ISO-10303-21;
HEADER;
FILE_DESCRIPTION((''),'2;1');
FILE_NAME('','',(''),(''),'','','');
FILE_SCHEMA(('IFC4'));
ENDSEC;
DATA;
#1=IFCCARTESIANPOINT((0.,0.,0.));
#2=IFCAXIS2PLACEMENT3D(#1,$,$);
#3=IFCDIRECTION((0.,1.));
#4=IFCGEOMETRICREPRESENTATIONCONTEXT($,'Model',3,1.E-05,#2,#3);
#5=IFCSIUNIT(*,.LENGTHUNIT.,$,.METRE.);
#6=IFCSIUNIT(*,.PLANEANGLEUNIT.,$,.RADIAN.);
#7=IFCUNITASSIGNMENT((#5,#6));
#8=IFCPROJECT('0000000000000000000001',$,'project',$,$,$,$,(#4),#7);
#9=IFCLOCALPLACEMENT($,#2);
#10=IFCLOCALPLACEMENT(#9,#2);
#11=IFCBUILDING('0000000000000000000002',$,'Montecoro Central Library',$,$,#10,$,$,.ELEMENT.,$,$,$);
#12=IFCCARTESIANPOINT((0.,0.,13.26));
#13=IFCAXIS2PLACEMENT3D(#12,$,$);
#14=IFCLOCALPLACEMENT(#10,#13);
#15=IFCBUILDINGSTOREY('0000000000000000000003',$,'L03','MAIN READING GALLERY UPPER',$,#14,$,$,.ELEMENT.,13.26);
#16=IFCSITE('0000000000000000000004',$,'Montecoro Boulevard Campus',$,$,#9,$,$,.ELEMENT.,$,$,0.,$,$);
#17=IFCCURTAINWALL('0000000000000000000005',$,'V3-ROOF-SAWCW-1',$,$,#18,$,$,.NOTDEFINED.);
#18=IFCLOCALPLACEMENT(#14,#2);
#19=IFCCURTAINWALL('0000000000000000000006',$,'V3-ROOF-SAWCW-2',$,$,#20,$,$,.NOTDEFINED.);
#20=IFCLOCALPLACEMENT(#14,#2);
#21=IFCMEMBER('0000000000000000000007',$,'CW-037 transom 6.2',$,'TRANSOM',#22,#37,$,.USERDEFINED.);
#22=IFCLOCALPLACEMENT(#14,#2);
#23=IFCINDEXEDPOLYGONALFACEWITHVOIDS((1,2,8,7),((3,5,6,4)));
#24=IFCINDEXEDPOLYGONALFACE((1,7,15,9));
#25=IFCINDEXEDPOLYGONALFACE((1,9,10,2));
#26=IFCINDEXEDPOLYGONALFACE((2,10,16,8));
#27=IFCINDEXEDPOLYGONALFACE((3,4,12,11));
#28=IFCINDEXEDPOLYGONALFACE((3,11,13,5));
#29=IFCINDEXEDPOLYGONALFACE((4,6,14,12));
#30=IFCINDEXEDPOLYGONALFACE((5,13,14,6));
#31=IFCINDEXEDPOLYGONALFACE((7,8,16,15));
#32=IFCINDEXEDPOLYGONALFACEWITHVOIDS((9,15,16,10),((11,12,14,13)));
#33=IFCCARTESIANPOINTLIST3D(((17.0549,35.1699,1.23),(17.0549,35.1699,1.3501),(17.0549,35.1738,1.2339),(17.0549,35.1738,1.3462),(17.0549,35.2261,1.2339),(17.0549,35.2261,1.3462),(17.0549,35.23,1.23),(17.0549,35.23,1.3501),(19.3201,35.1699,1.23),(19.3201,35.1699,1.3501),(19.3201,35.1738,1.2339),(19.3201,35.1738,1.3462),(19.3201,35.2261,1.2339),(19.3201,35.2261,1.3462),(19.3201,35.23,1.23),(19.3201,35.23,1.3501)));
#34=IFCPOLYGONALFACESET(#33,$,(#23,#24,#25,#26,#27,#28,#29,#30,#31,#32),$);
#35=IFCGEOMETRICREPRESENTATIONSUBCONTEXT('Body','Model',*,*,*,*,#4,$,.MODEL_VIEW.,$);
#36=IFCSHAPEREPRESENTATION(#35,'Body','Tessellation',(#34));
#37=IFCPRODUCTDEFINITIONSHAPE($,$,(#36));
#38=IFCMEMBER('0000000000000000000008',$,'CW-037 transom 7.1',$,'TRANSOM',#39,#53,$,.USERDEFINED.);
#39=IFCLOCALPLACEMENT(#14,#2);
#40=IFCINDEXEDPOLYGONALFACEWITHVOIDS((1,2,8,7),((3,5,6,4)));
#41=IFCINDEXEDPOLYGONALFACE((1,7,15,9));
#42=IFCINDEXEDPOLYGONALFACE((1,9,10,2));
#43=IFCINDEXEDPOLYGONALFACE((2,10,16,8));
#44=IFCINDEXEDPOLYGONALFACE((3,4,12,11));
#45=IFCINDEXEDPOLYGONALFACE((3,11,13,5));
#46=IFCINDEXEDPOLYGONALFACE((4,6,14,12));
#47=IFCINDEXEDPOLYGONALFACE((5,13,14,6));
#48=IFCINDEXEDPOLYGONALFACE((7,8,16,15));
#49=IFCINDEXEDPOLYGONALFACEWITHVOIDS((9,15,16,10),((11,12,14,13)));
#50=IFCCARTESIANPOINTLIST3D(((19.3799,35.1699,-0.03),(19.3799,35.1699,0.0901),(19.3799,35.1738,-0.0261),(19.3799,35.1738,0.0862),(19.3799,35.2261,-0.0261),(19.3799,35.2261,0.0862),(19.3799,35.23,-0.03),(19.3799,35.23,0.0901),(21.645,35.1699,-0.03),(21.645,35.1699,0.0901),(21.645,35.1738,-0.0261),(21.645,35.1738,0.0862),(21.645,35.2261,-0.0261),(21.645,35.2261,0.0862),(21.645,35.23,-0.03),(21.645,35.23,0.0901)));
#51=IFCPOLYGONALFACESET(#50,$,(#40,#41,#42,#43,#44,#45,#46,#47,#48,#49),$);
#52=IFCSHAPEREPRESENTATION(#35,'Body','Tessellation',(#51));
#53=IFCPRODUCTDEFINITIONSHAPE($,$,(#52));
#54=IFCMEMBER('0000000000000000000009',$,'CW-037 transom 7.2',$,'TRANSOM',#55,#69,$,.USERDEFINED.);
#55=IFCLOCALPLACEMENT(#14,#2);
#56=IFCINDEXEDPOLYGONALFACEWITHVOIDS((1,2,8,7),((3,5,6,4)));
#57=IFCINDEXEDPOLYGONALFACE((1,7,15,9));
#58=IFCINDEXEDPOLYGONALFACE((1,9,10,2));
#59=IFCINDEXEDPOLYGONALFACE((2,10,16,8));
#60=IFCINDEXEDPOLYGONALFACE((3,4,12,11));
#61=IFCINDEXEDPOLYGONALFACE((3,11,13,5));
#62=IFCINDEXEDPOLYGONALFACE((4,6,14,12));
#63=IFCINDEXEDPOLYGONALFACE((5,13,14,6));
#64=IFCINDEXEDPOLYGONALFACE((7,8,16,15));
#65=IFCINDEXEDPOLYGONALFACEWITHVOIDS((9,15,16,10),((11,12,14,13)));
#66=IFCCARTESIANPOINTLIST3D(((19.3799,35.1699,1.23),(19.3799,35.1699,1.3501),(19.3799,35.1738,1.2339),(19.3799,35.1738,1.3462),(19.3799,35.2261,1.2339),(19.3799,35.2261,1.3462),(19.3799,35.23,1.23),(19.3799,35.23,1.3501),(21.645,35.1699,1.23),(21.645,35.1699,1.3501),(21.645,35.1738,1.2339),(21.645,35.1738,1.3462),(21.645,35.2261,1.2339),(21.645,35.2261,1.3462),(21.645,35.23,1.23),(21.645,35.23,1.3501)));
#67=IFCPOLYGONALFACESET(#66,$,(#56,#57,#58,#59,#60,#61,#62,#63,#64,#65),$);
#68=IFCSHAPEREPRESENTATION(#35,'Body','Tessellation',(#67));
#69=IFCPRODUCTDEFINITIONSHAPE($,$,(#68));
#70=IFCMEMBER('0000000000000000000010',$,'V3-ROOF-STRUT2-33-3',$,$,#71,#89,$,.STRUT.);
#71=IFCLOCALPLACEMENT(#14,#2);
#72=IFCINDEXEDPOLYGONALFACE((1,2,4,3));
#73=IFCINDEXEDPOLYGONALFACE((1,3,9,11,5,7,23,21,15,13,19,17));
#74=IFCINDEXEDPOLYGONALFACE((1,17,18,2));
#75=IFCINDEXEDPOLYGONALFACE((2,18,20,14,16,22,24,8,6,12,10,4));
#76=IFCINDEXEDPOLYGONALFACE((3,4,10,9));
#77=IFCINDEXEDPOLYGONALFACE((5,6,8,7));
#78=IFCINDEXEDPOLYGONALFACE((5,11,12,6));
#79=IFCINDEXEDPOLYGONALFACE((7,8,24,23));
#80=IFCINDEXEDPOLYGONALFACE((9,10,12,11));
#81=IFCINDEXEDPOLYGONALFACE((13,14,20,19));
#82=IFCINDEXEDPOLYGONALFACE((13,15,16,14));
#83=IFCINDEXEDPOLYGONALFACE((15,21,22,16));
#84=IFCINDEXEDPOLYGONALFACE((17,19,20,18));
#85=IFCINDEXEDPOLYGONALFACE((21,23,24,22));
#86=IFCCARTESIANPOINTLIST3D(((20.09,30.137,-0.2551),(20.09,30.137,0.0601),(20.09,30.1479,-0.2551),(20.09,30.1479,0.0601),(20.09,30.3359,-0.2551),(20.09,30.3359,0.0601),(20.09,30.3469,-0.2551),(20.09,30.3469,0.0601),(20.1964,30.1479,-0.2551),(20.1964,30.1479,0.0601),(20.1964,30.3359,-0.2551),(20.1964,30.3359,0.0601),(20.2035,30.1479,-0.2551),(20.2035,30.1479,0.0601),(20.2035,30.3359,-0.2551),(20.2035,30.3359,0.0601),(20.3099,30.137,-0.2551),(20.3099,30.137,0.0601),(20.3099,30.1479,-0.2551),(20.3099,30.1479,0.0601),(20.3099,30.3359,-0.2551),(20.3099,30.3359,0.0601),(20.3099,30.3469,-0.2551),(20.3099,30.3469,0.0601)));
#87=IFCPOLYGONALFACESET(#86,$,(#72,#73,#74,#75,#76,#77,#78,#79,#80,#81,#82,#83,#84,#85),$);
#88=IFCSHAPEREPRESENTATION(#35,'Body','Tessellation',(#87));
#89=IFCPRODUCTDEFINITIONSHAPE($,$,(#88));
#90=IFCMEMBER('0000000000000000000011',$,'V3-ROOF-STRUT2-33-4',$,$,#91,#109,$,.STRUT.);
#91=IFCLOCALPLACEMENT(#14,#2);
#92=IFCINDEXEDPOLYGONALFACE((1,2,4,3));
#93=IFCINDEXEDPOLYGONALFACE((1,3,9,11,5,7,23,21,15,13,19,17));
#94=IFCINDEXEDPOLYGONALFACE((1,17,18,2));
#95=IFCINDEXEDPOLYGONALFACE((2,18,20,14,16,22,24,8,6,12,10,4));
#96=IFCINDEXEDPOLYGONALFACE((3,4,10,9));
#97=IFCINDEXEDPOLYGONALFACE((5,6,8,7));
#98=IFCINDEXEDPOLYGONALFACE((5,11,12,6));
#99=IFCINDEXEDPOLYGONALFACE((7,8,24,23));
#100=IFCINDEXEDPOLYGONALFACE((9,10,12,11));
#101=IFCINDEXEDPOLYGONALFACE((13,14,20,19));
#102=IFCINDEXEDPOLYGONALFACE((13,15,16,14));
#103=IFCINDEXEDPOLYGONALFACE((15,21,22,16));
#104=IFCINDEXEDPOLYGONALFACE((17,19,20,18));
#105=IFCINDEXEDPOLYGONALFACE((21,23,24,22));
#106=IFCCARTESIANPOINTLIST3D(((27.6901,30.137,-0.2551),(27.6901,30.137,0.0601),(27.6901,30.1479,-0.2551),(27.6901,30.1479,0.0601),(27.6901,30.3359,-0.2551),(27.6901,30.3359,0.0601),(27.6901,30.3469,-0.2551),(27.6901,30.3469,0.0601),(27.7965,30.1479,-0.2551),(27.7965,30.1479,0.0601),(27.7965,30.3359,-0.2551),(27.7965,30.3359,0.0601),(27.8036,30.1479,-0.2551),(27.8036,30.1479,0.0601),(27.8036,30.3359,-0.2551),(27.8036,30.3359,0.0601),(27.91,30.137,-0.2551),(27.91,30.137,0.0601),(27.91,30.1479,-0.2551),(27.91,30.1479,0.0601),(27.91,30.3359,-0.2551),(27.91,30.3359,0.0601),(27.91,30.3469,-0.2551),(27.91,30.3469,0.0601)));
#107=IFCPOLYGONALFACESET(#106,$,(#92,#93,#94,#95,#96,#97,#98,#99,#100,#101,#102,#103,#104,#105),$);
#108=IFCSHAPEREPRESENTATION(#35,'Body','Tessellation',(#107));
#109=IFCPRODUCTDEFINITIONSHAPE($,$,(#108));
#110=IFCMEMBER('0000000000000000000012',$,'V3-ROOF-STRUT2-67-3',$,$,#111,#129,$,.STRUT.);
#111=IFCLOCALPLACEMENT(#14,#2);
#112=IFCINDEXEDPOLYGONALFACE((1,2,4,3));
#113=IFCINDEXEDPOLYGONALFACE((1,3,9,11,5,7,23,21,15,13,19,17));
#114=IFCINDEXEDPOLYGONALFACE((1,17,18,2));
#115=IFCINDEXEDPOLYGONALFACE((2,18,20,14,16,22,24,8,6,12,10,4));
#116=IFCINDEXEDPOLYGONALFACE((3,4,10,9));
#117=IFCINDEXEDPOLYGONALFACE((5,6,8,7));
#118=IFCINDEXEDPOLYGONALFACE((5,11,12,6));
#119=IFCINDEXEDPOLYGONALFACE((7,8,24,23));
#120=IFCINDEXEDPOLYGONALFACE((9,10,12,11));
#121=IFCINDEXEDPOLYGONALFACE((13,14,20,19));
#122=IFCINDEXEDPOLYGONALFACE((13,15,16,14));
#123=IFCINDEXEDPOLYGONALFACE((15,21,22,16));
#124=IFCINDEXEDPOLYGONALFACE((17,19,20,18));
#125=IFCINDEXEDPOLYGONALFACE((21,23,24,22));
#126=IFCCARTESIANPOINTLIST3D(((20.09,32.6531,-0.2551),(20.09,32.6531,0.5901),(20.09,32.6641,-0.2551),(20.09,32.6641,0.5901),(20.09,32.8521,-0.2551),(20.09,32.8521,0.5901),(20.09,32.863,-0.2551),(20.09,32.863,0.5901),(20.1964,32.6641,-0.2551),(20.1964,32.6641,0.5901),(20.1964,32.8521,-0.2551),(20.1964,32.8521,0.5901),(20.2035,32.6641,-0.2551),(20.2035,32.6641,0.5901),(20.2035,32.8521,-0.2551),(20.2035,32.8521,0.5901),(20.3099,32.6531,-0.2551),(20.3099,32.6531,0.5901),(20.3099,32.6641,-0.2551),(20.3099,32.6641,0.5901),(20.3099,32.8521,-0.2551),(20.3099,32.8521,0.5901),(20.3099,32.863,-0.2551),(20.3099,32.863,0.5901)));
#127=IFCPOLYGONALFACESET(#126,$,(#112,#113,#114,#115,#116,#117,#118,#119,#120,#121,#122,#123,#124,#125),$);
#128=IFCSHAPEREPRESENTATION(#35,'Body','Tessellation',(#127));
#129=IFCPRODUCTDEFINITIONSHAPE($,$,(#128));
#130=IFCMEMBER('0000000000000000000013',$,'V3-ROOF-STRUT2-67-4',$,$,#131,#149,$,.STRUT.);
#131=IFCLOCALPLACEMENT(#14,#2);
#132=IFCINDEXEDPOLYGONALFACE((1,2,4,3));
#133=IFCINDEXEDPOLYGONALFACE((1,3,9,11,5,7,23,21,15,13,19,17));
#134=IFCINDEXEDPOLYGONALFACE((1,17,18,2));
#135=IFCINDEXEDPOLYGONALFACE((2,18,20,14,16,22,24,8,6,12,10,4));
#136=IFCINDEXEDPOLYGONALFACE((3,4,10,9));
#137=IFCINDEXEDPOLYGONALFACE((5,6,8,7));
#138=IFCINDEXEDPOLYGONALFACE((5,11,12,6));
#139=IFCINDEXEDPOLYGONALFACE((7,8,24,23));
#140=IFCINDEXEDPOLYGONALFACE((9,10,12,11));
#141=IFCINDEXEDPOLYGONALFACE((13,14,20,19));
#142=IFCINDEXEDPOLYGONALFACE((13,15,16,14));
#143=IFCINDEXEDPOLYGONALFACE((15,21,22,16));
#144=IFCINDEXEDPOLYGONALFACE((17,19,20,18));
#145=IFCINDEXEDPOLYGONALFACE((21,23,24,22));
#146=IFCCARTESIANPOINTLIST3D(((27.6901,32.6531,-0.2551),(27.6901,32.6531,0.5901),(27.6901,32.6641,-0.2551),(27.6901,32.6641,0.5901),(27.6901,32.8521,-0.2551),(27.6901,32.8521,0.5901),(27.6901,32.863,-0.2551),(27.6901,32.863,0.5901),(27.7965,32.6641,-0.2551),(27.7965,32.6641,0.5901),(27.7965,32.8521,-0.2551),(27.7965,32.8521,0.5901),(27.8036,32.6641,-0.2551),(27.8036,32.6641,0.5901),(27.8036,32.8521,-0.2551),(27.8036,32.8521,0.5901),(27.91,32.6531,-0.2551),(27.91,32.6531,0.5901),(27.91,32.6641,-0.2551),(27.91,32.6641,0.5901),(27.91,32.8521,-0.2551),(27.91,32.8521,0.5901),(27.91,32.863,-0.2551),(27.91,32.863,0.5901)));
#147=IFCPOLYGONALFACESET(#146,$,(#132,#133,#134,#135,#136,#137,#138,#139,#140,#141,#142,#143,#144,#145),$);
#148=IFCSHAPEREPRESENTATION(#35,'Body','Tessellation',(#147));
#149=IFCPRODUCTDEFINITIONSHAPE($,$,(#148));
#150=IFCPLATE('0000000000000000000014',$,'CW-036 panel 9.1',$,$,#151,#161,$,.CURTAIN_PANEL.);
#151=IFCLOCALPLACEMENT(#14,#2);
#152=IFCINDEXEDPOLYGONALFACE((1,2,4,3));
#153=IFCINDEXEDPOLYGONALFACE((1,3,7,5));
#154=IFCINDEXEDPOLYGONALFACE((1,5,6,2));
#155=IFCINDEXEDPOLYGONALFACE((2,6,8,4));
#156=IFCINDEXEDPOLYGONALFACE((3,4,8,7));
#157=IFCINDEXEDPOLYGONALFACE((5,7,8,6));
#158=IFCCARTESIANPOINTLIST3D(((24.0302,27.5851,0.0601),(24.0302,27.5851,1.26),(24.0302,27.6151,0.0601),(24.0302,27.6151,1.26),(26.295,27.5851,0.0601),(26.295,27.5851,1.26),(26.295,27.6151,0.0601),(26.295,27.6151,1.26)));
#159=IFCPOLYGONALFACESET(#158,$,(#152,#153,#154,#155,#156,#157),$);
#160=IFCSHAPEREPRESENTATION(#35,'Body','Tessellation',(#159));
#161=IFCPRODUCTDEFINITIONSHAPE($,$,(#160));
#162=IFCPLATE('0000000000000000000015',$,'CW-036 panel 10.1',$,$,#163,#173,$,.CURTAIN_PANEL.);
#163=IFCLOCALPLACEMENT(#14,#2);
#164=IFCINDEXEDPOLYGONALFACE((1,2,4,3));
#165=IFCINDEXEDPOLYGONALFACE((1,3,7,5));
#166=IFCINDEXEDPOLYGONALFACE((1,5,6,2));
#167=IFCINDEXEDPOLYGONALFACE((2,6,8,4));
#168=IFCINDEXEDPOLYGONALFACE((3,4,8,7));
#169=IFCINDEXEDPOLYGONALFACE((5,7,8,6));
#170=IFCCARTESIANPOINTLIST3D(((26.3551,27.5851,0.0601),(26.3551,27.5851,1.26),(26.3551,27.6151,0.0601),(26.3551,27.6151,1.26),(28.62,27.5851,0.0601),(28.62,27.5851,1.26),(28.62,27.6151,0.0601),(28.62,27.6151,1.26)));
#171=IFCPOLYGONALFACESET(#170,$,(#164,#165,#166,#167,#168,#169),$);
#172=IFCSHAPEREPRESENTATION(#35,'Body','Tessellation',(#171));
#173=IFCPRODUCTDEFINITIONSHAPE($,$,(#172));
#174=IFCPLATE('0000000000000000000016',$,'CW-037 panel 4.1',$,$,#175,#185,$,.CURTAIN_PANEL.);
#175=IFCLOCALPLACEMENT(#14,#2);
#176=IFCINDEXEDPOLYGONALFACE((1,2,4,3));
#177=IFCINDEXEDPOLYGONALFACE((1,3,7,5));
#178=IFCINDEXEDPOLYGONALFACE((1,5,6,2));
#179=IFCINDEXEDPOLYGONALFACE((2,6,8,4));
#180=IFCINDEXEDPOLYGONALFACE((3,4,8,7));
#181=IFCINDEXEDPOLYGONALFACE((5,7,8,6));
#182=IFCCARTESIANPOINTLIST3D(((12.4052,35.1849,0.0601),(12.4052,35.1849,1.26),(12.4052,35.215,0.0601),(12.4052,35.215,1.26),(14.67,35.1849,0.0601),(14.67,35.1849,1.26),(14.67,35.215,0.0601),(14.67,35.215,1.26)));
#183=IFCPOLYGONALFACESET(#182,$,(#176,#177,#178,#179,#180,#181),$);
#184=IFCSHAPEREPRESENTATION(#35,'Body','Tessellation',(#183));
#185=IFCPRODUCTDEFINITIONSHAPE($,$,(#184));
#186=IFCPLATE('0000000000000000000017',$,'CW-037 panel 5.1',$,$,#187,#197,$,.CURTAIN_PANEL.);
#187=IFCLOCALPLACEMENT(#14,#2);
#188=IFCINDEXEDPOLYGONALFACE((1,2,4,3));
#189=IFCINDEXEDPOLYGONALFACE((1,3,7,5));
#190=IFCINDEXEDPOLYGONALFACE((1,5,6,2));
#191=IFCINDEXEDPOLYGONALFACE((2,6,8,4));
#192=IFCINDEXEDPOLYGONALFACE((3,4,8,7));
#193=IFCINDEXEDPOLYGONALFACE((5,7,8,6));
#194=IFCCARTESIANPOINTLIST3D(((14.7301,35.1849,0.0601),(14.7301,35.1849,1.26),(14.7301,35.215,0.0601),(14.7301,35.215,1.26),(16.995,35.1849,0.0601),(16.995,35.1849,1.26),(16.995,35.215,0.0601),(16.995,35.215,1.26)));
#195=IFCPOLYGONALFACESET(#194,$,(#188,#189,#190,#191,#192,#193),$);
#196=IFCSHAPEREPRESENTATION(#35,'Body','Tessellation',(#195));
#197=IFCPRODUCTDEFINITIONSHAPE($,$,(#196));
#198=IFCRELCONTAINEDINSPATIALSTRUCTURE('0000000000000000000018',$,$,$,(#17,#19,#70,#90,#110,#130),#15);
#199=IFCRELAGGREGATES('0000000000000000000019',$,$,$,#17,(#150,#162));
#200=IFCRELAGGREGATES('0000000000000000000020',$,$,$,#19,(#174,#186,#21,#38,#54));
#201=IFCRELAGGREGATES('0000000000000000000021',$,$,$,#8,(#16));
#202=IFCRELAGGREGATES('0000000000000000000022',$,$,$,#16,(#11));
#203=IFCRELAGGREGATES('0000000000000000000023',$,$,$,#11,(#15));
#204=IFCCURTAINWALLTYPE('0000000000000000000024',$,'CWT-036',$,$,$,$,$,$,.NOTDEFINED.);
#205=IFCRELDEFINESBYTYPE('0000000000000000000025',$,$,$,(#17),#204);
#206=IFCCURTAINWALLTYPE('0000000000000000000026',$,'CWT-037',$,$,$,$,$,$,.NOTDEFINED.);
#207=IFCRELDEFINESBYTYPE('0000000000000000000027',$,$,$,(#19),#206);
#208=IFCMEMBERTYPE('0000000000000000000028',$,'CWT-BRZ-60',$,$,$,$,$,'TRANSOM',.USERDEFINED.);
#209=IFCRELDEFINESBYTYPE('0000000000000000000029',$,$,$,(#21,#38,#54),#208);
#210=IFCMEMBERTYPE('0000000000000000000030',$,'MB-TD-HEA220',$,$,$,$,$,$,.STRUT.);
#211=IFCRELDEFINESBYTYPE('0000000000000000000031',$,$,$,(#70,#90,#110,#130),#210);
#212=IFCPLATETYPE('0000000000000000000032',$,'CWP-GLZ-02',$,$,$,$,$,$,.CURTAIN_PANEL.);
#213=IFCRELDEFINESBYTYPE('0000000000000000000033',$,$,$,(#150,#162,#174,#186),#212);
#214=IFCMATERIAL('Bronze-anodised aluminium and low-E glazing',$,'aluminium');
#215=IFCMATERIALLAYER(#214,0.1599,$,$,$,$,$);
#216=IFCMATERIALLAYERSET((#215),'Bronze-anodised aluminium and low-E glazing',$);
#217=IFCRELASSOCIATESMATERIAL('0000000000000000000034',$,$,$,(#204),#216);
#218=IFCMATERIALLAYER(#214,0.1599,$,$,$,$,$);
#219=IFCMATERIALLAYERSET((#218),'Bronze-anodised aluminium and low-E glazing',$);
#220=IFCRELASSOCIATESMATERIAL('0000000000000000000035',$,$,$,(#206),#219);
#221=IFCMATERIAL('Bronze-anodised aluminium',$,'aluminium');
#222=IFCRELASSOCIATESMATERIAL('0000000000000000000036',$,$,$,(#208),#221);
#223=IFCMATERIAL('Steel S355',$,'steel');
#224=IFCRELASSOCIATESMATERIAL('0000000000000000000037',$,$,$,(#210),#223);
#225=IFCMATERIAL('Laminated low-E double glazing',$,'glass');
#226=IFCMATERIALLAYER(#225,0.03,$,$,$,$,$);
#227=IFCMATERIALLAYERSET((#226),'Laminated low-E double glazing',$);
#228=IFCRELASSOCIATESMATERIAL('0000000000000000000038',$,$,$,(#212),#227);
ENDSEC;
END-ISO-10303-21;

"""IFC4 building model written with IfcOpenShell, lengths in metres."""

from ifc_helpers import new_model, si_unit, direction, frame, origin, origin_2d, place, context, subcontext, project, spatial, rectangle, hollow_rectangle, i_section, extrude, material, layer, layer_set, material_profile, profile_set, type_object, element, aggregate, save


model = new_model("IFC4")

# Units and contexts
model_context = context("Model", 3, precision=1e-05, world=origin(), true_north=direction((0.0, 1.0)))
body_context = subcontext(model_context, "Body", "Model", "MODEL_VIEW")
ifc_project = project(units=[si_unit("LENGTHUNIT", "METRE"), si_unit("PLANEANGLEUNIT", "RADIAN")], contexts=[model_context])

# Site, building, storey
site_placement = place(None, origin())
site = spatial("IfcSite", under=ifc_project, at=site_placement, Name="Montecoro Boulevard Campus", CompositionType="ELEMENT", RefElevation=0.0)
building_placement = place(site_placement, origin())
building = spatial("IfcBuilding", under=site, at=building_placement, Name="Montecoro Central Library", CompositionType="ELEMENT")
storey_placement = place(building_placement, frame((0.0, 0.0, 13.26)))
storey = spatial("IfcBuildingStorey", under=building, at=storey_placement, Name="L03", Description="MAIN READING GALLERY UPPER", CompositionType="ELEMENT", Elevation=13.26)

# Curtain wall
ifc_material_1 = material(Name="Bronze-anodised aluminium and low-E glazing", Category="aluminium")
ifc_layer_1 = layer(ifc_material_1, 0.1599)
ifc_layer_set_1 = layer_set([ifc_layer_1], Name="Bronze-anodised aluminium and low-E glazing")
curtain_wall_type_1 = type_object("IfcCurtainWallType", Name="CWT-036", PredefinedType="NOTDEFINED", material=ifc_layer_set_1)
curtain_wall_1_placement = place(storey_placement, origin())
curtain_wall_1 = element("IfcCurtainWall", 1, at=curtain_wall_1_placement, inside=storey, type_object=curtain_wall_type_1, Name="V3-ROOF-SAWCW-1", PredefinedType="NOTDEFINED")
ifc_material_2 = material(Name="Bronze-anodised aluminium", Category="aluminium")

# Curtain wall
ifc_layer_2 = layer(ifc_material_1, 0.1599)
ifc_layer_set_2 = layer_set([ifc_layer_2], Name="Bronze-anodised aluminium and low-E glazing")
curtain_wall_type_2 = type_object("IfcCurtainWallType", Name="CWT-037", PredefinedType="NOTDEFINED", material=ifc_layer_set_2)
curtain_wall_2_placement = place(storey_placement, origin())
curtain_wall_2 = element("IfcCurtainWall", 2, at=curtain_wall_2_placement, inside=storey, type_object=curtain_wall_type_2, Name="V3-ROOF-SAWCW-2", PredefinedType="NOTDEFINED")

# Members
ifc_material_profile_1 = material_profile(ifc_material_2, hollow_rectangle(XDim=0.0601, YDim=0.1201, WallThickness=0.0039, at=origin_2d()), Name="CWT 120x60x4.0")
ifc_profile_set_1 = profile_set([ifc_material_profile_1], Name="Bronze-anodised aluminium")
member_type_1 = type_object("IfcMemberType", Name="CWT-BRZ-60", ElementType="TRANSOM", PredefinedType="USERDEFINED", material=ifc_profile_set_1)
member_1_placement = place(storey_placement, frame((17.0549, 35.2, 1.29), z_axis=(1.0, 0.0, 0.0), x_axis=(0.0, 1.0, 0.0)))
member_1 = element("IfcMember", 3, at=member_1_placement, type_object=member_type_1, Name="CW-037 transom 6.2", ObjectType="TRANSOM", PredefinedType="USERDEFINED", context=body_context, shape_type="SweptSolid", body=[
    extrude(hollow_rectangle(XDim=0.0601, YDim=0.1201, WallThickness=0.0039, at=origin_2d()), origin(), (0.0, 0.0, 1.0), 2.2651),
])
member_2_placement = place(storey_placement, frame((19.3799, 35.2, 0.03), z_axis=(1.0, 0.0, 0.0), x_axis=(0.0, 1.0, 0.0)))
member_2 = element("IfcMember", 4, at=member_2_placement, type_object=member_type_1, Name="CW-037 transom 7.1", ObjectType="TRANSOM", PredefinedType="USERDEFINED", context=body_context, shape_type="SweptSolid", body=[
    extrude(hollow_rectangle(XDim=0.0601, YDim=0.1201, WallThickness=0.0039, at=origin_2d()), origin(), (0.0, 0.0, 1.0), 2.2651),
])
member_3_placement = place(storey_placement, frame((19.3799, 35.2, 1.29), z_axis=(1.0, 0.0, 0.0), x_axis=(0.0, 1.0, 0.0)))
member_3 = element("IfcMember", 5, at=member_3_placement, type_object=member_type_1, Name="CW-037 transom 7.2", ObjectType="TRANSOM", PredefinedType="USERDEFINED", context=body_context, shape_type="SweptSolid", body=[
    extrude(hollow_rectangle(XDim=0.0601, YDim=0.1201, WallThickness=0.0039, at=origin_2d()), origin(), (0.0, 0.0, 1.0), 2.2651),
])

# Members
ifc_material_3 = material(Name="Steel S355", Category="steel")
ifc_material_profile_2 = material_profile(ifc_material_3, i_section(OverallWidth=0.22, OverallDepth=0.21, WebThickness=0.0071, FlangeThickness=0.011, at=origin_2d()), Name="HEA 220")
ifc_profile_set_2 = profile_set([ifc_material_profile_2], Name="Steel S355")
member_type_2 = type_object("IfcMemberType", Name="MB-TD-HEA220", PredefinedType="STRUT", material=ifc_profile_set_2)
for number, where, z_axis, x_axis, name in (
    (6, (20.2, 30.2419, -0.2551), (0.0, 0.0, 1.0), (1.0, 0.0, 0.0), "V3-ROOF-STRUT2-33-3"),
    (7, (27.8, 30.2419, -0.2551), (0.0, 0.0, 1.0), (1.0, 0.0, 0.0), "V3-ROOF-STRUT2-33-4"),
):
    element("IfcMember", number, at=place(storey_placement, frame(where, z_axis=z_axis, x_axis=x_axis)), inside=storey, type_object=member_type_2, Name=name, PredefinedType="STRUT", context=body_context, shape_type="SweptSolid", body=[
        extrude(i_section(OverallWidth=0.22, OverallDepth=0.21, WebThickness=0.0071, FlangeThickness=0.011, at=origin_2d()), origin(), (0.0, 0.0, 1.0), 0.3152),
    ])
for number, where, z_axis, x_axis, name in (
    (8, (20.2, 32.7581, -0.2551), (0.0, 0.0, 1.0), (1.0, 0.0, 0.0), "V3-ROOF-STRUT2-67-3"),
    (9, (27.8, 32.7581, -0.2551), (0.0, 0.0, 1.0), (1.0, 0.0, 0.0), "V3-ROOF-STRUT2-67-4"),
):
    element("IfcMember", number, at=place(storey_placement, frame(where, z_axis=z_axis, x_axis=x_axis)), inside=storey, type_object=member_type_2, Name=name, PredefinedType="STRUT", context=body_context, shape_type="SweptSolid", body=[
        extrude(i_section(OverallWidth=0.22, OverallDepth=0.21, WebThickness=0.0071, FlangeThickness=0.011, at=origin_2d()), origin(), (0.0, 0.0, 1.0), 0.8452),
    ])

# Plates
ifc_material_4 = material(Name="Laminated low-E double glazing", Category="glass")
ifc_layer_3 = layer(ifc_material_4, 0.03)
ifc_layer_set_3 = layer_set([ifc_layer_3], Name="Laminated low-E double glazing")
plate_type = type_object("IfcPlateType", Name="CWP-GLZ-02", PredefinedType="CURTAIN_PANEL", material=ifc_layer_set_3)
plate_1_placement = place(storey_placement, frame((25.1626, 27.6001, 0.0601), z_axis=(0.0, 0.0, 1.0), x_axis=(1.0, 0.0, 0.0)))
plate_1 = element("IfcPlate", 10, at=plate_1_placement, type_object=plate_type, Name="CW-036 panel 9.1", PredefinedType="CURTAIN_PANEL", context=body_context, shape_type="SweptSolid", body=[
    extrude(rectangle(XDim=2.2649, YDim=0.03, at=origin_2d()), origin(), (0.0, 0.0, 1.0), 1.2),
])
plate_2_placement = place(storey_placement, frame((27.4875, 27.6001, 0.0601), z_axis=(0.0, 0.0, 1.0), x_axis=(1.0, 0.0, 0.0)))
plate_2 = element("IfcPlate", 11, at=plate_2_placement, type_object=plate_type, Name="CW-036 panel 10.1", PredefinedType="CURTAIN_PANEL", context=body_context, shape_type="SweptSolid", body=[
    extrude(rectangle(XDim=2.2649, YDim=0.03, at=origin_2d()), origin(), (0.0, 0.0, 1.0), 1.2),
])
aggregate(curtain_wall_1, [plate_1, plate_2])
plate_3_placement = place(storey_placement, frame((13.5376, 35.2, 0.0601), z_axis=(0.0, 0.0, 1.0), x_axis=(1.0, 0.0, 0.0)))
plate_3 = element("IfcPlate", 12, at=plate_3_placement, type_object=plate_type, Name="CW-037 panel 4.1", PredefinedType="CURTAIN_PANEL", context=body_context, shape_type="SweptSolid", body=[
    extrude(rectangle(XDim=2.2649, YDim=0.03, at=origin_2d()), origin(), (0.0, 0.0, 1.0), 1.2),
])
plate_4_placement = place(storey_placement, frame((15.8625, 35.2, 0.0601), z_axis=(0.0, 0.0, 1.0), x_axis=(1.0, 0.0, 0.0)))
plate_4 = element("IfcPlate", 13, at=plate_4_placement, type_object=plate_type, Name="CW-037 panel 5.1", PredefinedType="CURTAIN_PANEL", context=body_context, shape_type="SweptSolid", body=[
    extrude(rectangle(XDim=2.2649, YDim=0.03, at=origin_2d()), origin(), (0.0, 0.0, 1.0), 1.2),
])
aggregate(curtain_wall_2, [plate_3, plate_4, member_1, member_2, member_3])

save(model, "model.ifc")
